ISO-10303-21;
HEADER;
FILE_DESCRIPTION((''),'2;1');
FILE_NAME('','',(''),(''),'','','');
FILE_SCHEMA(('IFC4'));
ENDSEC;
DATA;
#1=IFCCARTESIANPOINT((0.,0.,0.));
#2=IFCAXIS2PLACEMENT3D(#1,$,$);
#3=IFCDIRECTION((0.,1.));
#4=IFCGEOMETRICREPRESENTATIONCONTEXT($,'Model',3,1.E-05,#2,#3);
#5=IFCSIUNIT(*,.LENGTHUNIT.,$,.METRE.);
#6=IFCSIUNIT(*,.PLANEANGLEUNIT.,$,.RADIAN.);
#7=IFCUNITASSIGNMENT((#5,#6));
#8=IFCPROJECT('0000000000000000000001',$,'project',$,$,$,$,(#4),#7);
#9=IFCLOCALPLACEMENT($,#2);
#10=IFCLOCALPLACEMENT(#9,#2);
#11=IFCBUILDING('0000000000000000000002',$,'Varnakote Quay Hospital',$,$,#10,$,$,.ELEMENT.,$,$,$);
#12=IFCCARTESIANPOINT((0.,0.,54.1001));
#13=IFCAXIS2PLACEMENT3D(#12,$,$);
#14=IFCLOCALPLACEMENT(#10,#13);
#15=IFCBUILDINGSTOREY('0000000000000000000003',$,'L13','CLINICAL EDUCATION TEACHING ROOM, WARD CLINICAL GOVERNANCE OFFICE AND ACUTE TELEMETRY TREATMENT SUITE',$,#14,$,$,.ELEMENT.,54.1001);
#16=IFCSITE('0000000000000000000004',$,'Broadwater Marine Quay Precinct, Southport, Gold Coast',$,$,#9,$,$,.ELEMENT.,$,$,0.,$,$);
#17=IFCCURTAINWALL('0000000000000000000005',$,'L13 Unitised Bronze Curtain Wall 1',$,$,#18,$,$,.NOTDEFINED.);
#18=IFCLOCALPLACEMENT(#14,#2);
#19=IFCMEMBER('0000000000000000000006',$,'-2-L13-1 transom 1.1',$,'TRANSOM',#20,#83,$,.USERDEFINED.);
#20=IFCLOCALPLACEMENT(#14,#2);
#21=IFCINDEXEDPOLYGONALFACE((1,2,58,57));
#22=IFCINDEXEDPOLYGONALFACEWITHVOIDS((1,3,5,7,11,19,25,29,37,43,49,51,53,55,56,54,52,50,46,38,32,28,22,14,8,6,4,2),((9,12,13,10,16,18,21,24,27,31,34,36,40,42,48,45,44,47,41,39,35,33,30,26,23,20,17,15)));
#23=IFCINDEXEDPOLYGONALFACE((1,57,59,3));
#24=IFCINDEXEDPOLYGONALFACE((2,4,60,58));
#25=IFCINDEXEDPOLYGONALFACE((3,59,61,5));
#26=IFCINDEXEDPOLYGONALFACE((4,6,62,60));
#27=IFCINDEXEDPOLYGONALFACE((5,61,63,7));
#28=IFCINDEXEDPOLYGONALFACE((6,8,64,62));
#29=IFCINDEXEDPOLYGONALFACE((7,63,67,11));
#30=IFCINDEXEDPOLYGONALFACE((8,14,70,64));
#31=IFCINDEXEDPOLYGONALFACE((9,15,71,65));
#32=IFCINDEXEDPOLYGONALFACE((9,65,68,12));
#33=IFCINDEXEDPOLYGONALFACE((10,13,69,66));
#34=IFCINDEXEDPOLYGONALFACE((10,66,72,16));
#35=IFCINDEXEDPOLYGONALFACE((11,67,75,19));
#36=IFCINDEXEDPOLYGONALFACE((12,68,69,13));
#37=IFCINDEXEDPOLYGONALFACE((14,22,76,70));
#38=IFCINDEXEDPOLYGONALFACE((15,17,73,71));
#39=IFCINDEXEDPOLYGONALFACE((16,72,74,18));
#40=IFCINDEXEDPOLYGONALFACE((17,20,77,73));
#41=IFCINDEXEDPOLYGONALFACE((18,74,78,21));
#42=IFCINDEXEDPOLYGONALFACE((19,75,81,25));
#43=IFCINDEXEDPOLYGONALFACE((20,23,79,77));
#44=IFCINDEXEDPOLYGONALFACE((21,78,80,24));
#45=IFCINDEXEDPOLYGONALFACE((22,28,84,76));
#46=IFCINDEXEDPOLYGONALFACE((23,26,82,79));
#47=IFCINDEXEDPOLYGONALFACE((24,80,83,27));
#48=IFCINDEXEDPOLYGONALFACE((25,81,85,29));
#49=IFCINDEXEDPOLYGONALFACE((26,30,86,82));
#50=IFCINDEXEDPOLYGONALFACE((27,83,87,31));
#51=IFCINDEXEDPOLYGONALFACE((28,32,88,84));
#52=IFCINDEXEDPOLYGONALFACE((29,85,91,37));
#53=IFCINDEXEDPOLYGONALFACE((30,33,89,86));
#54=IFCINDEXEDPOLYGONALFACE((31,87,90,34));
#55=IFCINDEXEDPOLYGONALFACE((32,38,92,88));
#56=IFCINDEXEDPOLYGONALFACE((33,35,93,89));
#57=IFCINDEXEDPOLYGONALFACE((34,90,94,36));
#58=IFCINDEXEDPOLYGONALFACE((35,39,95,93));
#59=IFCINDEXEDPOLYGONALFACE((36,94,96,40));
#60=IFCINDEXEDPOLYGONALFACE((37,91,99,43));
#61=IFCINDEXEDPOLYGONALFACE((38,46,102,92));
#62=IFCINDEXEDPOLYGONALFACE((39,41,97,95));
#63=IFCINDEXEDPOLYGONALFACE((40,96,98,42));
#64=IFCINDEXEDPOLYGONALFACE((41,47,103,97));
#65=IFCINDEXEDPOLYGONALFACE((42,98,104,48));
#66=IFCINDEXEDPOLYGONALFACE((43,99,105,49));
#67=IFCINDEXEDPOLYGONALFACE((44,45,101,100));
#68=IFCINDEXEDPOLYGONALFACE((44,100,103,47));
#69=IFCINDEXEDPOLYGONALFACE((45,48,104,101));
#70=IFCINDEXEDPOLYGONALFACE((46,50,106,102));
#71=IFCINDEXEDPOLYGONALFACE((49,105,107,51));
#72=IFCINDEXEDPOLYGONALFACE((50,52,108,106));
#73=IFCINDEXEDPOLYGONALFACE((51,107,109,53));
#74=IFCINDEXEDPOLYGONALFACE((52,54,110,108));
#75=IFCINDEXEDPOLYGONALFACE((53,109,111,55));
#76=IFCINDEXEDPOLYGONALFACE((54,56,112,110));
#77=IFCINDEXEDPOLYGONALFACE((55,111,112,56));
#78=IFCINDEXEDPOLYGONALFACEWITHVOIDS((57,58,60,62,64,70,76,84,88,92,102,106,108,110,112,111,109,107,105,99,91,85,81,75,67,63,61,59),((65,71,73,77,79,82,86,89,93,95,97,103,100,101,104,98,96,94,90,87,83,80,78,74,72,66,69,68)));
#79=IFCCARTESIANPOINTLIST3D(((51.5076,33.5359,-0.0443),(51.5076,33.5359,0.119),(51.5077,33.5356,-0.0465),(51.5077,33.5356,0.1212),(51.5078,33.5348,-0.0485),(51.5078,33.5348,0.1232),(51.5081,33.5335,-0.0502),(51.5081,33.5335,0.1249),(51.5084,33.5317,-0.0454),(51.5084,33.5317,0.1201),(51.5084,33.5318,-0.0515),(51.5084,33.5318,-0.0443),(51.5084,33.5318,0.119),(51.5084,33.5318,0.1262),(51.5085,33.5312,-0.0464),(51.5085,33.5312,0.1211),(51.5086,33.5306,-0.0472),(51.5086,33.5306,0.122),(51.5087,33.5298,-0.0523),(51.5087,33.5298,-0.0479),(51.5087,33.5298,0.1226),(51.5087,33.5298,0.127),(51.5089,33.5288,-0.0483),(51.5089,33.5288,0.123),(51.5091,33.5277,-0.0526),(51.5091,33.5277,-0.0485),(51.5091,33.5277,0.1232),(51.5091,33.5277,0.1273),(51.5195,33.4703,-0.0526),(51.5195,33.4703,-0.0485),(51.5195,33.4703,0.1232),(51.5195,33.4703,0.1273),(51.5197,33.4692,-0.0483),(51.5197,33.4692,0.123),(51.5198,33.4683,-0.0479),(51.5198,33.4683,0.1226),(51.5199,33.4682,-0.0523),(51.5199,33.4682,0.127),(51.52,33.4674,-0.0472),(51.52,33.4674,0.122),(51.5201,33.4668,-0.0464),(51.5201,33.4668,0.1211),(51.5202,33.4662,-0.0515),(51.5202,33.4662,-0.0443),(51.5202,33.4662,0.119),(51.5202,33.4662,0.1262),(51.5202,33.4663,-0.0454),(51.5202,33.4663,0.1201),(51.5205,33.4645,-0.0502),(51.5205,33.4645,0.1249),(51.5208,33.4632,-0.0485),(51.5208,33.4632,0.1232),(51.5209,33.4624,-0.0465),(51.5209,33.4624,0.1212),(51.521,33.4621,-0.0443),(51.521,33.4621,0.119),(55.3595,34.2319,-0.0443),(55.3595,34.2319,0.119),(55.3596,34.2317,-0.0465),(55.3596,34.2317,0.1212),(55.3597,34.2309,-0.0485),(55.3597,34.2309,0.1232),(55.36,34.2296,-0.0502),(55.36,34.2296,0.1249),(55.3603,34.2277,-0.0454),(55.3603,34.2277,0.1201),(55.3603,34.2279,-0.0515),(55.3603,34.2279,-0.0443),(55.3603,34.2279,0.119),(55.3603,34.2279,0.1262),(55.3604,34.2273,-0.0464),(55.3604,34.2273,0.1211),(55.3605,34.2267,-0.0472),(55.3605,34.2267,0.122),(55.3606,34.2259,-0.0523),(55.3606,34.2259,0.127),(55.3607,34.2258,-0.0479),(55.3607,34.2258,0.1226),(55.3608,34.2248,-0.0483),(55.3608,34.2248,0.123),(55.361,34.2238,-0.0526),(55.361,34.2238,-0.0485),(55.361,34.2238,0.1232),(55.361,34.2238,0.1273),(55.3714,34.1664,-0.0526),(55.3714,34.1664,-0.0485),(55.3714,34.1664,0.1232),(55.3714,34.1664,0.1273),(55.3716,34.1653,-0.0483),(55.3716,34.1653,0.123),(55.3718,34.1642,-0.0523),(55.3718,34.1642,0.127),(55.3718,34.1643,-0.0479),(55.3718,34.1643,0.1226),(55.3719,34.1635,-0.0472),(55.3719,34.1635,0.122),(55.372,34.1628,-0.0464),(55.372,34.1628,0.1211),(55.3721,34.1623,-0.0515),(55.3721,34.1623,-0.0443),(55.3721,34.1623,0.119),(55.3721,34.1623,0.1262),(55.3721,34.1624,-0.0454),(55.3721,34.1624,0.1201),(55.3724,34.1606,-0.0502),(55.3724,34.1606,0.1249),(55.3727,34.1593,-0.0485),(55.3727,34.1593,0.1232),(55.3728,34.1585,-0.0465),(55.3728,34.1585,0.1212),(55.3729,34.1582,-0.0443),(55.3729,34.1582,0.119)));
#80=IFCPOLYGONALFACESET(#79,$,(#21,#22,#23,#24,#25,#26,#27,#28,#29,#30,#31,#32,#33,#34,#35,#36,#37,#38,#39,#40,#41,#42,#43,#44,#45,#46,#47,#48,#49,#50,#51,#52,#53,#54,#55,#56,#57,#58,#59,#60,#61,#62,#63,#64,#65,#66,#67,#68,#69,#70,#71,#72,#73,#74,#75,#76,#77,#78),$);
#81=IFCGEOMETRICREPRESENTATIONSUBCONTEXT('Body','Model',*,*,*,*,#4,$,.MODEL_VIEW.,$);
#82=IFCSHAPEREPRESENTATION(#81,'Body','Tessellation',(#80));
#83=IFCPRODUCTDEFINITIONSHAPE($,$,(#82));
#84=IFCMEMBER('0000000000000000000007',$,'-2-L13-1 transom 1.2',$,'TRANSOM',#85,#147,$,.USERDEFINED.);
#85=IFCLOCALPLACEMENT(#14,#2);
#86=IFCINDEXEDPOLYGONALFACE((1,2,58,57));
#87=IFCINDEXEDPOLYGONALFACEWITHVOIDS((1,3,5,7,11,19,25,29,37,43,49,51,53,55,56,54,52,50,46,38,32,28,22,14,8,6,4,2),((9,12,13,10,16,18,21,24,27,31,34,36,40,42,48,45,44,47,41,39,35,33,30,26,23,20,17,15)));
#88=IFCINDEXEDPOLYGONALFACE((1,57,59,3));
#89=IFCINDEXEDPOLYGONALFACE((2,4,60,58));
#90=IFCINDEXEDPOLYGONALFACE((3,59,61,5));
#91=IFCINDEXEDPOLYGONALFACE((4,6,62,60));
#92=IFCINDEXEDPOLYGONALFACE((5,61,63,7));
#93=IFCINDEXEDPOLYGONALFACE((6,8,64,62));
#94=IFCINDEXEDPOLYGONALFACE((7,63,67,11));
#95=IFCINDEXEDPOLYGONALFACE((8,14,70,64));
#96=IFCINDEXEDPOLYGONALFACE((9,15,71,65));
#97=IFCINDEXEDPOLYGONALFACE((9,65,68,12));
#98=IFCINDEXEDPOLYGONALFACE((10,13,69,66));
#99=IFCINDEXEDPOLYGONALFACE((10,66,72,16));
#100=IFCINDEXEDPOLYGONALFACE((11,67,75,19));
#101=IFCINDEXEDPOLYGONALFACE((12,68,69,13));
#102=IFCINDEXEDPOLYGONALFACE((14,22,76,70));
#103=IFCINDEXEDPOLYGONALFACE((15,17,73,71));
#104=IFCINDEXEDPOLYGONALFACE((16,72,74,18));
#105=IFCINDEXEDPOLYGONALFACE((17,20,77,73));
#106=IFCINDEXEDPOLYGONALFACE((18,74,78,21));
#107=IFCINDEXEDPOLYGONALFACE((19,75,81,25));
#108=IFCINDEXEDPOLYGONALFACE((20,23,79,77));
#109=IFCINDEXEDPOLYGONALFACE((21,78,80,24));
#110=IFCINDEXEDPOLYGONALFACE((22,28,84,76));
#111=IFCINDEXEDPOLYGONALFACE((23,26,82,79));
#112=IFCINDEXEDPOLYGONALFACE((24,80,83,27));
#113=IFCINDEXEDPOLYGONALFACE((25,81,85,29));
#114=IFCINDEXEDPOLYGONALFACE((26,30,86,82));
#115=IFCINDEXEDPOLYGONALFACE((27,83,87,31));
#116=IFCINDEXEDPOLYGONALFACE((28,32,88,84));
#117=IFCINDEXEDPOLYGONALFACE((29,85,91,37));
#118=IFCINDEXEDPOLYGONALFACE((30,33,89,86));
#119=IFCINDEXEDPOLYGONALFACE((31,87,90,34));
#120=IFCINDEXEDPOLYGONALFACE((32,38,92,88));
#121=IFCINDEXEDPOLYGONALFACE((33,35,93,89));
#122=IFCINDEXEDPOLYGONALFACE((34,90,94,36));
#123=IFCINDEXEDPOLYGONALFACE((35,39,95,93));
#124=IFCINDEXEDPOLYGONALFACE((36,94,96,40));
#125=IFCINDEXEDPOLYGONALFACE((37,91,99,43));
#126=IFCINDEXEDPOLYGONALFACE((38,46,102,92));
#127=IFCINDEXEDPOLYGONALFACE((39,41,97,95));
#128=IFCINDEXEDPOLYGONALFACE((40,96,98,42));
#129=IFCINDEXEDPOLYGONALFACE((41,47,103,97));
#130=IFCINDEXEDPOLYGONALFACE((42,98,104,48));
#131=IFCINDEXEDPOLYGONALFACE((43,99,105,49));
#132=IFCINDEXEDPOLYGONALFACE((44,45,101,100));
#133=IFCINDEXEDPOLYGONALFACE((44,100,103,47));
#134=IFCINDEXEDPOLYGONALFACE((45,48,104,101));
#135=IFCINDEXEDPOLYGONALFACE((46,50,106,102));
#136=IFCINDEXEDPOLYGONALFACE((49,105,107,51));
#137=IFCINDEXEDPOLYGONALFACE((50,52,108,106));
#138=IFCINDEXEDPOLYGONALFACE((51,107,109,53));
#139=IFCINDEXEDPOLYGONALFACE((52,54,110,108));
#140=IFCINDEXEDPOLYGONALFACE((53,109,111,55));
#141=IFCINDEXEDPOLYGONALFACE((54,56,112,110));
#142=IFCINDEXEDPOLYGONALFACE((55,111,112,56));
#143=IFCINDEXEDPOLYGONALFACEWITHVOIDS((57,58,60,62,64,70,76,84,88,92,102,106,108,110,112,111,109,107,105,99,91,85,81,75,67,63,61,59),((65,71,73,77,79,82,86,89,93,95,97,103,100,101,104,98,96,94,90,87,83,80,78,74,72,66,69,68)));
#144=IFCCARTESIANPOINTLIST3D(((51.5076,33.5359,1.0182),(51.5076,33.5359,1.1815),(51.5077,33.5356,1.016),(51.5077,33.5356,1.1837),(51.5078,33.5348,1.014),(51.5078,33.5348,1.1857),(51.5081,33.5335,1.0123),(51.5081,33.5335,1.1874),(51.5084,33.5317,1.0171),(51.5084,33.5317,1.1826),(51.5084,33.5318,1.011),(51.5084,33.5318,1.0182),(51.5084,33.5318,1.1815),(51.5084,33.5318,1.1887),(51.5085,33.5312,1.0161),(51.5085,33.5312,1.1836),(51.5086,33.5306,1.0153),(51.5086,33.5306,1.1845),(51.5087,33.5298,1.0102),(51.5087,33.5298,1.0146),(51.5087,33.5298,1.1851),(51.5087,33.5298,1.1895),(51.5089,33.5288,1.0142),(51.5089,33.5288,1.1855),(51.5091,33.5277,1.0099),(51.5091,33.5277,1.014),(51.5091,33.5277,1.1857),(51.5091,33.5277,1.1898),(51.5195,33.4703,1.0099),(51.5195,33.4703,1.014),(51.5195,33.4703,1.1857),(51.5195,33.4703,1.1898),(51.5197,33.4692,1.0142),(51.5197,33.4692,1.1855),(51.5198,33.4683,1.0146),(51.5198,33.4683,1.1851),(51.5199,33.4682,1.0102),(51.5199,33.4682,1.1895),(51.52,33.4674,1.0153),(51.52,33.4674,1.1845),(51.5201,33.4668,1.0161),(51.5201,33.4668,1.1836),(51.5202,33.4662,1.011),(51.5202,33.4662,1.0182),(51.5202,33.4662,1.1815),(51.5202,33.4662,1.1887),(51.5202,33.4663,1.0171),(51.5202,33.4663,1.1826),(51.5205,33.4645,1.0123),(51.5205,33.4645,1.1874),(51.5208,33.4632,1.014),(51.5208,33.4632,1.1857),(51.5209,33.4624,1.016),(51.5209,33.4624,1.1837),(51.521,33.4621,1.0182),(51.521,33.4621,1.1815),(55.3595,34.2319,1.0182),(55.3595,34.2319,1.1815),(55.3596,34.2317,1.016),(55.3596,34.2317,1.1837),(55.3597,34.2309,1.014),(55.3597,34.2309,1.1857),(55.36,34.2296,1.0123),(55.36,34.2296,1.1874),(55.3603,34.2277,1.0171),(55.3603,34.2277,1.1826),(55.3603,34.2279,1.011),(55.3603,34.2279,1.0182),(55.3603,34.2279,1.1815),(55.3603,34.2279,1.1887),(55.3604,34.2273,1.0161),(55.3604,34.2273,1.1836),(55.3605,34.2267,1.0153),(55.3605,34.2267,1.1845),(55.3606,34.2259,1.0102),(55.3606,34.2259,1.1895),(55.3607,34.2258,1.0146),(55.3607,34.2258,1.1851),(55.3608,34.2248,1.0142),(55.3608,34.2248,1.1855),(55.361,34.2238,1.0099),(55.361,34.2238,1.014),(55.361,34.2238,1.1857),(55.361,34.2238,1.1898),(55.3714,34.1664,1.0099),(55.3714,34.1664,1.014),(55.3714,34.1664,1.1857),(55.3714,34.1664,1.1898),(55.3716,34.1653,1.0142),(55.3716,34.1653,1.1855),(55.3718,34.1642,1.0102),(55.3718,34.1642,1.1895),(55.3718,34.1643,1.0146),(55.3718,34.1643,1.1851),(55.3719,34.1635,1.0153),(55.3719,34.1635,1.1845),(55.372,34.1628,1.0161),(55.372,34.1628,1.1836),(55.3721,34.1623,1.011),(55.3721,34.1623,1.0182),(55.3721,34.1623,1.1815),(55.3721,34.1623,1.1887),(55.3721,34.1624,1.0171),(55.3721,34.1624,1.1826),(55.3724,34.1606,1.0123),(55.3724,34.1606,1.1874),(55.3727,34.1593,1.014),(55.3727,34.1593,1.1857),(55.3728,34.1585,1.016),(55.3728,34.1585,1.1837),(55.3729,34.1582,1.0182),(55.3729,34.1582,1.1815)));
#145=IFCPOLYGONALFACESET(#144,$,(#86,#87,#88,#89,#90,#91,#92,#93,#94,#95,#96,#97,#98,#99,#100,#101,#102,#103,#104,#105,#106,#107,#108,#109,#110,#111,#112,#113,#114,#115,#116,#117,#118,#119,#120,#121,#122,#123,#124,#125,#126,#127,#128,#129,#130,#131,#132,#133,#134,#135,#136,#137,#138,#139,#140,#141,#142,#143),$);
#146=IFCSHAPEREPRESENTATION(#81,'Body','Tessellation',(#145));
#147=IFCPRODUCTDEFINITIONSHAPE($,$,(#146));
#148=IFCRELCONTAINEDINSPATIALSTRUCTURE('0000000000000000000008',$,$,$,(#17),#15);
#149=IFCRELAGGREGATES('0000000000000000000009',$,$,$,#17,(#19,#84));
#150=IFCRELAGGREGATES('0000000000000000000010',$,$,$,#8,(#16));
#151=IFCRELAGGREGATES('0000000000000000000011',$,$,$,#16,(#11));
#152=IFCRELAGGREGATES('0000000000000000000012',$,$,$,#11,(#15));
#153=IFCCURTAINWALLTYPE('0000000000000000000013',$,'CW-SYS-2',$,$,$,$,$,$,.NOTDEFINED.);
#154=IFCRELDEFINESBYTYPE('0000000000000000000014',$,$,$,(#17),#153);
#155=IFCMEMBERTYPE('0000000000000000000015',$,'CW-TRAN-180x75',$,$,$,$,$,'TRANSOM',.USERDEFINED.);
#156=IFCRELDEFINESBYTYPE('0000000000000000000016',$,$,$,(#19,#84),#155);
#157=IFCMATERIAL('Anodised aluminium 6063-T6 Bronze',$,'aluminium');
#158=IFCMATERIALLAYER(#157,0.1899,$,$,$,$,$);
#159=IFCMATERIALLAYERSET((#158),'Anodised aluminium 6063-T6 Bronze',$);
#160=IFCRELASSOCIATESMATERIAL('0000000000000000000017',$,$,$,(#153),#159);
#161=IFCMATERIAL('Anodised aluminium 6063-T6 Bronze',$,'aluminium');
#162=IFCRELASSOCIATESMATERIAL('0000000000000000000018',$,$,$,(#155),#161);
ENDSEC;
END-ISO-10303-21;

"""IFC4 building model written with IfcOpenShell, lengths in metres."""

from ifc_helpers import new_model, si_unit, direction, frame, origin, origin_2d, place, context, subcontext, project, spatial, hollow_rectangle, extrude, material, layer, layer_set, material_profile, profile_set, type_object, element, aggregate, save


model = new_model("IFC4")

# Units and contexts
model_context = context("Model", 3, precision=1e-05, world=origin(), true_north=direction((0.0, 1.0)))
body_context = subcontext(model_context, "Body", "Model", "MODEL_VIEW")
ifc_project = project(units=[si_unit("LENGTHUNIT", "METRE"), si_unit("PLANEANGLEUNIT", "RADIAN")], contexts=[model_context])

# Site, building, storey
site_placement = place(None, origin())
site = spatial("IfcSite", under=ifc_project, at=site_placement, Name="Broadwater Marine Quay Precinct, Southport, Gold Coast", CompositionType="ELEMENT", RefElevation=0.0)
building_placement = place(site_placement, origin())
building = spatial("IfcBuilding", under=site, at=building_placement, Name="Varnakote Quay Hospital", CompositionType="ELEMENT")
storey_placement = place(building_placement, frame((0.0, 0.0, 54.1001)))
storey = spatial("IfcBuildingStorey", under=building, at=storey_placement, Name="L13", Description="CLINICAL EDUCATION TEACHING ROOM, WARD CLINICAL GOVERNANCE OFFICE AND ACUTE TELEMETRY TREATMENT SUITE", CompositionType="ELEMENT", Elevation=54.1001)

# Curtain wall, members
ifc_material_1 = material(Name="Anodised aluminium 6063-T6 Bronze", Category="aluminium")
ifc_layer_1 = layer(ifc_material_1, 0.1899)
ifc_layer_set_1 = layer_set([ifc_layer_1], Name="Anodised aluminium 6063-T6 Bronze")
curtain_wall_type = type_object("IfcCurtainWallType", Name="CW-SYS-2", PredefinedType="NOTDEFINED", material=ifc_layer_set_1)
curtain_wall_placement = place(storey_placement, origin())
curtain_wall = element("IfcCurtainWall", 1, at=curtain_wall_placement, inside=storey, type_object=curtain_wall_type, Name="L13 Unitised Bronze Curtain Wall 1", PredefinedType="NOTDEFINED")
ifc_material_2 = material(Name="Anodised aluminium 6063-T6 Bronze", Category="aluminium")
ifc_material_profile_1 = material_profile(ifc_material_2, hollow_rectangle(XDim=0.075, YDim=0.1799, WallThickness=0.0042, InnerFilletRadius=0.0042, OuterFilletRadius=0.0083, at=origin_2d()), Name="CW-TRAN-180x75")
ifc_profile_set_1 = profile_set([ifc_material_profile_1], Name="Anodised aluminium 6063-T6 Bronze")
member_type_1 = type_object("IfcMemberType", Name="CW-TRAN-180x75", ElementType="TRANSOM", PredefinedType="USERDEFINED", material=ifc_profile_set_1)
member_1_placement = place(storey_placement, frame((55.3662, 34.1951, 0.0374), z_axis=(-0.984062, -0.177826, 0.0), x_axis=(0.177826, -0.984062, 0.0)))
member_1 = element("IfcMember", 2, at=member_1_placement, type_object=member_type_1, Name="-2-L13-1 transom 1.1", ObjectType="TRANSOM", PredefinedType="USERDEFINED", context=body_context, shape_type="SweptSolid", body=[
    extrude(hollow_rectangle(XDim=0.075, YDim=0.1799, WallThickness=0.0042, InnerFilletRadius=0.0042, OuterFilletRadius=0.0083, at=origin_2d()), origin(), (0.0, 0.0, 1.0), 3.9143),
])
member_2_placement = place(storey_placement, frame((55.3662, 34.1951, 1.0999), z_axis=(-0.984062, -0.177826, 0.0), x_axis=(0.177826, -0.984062, 0.0)))
member_2 = element("IfcMember", 3, at=member_2_placement, type_object=member_type_1, Name="-2-L13-1 transom 1.2", ObjectType="TRANSOM", PredefinedType="USERDEFINED", context=body_context, shape_type="SweptSolid", body=[
    extrude(hollow_rectangle(XDim=0.075, YDim=0.1799, WallThickness=0.0042, InnerFilletRadius=0.0042, OuterFilletRadius=0.0083, at=origin_2d()), origin(), (0.0, 0.0, 1.0), 3.9143),
])
aggregate(curtain_wall, [member_1, member_2])

save(model, "model.ifc")
